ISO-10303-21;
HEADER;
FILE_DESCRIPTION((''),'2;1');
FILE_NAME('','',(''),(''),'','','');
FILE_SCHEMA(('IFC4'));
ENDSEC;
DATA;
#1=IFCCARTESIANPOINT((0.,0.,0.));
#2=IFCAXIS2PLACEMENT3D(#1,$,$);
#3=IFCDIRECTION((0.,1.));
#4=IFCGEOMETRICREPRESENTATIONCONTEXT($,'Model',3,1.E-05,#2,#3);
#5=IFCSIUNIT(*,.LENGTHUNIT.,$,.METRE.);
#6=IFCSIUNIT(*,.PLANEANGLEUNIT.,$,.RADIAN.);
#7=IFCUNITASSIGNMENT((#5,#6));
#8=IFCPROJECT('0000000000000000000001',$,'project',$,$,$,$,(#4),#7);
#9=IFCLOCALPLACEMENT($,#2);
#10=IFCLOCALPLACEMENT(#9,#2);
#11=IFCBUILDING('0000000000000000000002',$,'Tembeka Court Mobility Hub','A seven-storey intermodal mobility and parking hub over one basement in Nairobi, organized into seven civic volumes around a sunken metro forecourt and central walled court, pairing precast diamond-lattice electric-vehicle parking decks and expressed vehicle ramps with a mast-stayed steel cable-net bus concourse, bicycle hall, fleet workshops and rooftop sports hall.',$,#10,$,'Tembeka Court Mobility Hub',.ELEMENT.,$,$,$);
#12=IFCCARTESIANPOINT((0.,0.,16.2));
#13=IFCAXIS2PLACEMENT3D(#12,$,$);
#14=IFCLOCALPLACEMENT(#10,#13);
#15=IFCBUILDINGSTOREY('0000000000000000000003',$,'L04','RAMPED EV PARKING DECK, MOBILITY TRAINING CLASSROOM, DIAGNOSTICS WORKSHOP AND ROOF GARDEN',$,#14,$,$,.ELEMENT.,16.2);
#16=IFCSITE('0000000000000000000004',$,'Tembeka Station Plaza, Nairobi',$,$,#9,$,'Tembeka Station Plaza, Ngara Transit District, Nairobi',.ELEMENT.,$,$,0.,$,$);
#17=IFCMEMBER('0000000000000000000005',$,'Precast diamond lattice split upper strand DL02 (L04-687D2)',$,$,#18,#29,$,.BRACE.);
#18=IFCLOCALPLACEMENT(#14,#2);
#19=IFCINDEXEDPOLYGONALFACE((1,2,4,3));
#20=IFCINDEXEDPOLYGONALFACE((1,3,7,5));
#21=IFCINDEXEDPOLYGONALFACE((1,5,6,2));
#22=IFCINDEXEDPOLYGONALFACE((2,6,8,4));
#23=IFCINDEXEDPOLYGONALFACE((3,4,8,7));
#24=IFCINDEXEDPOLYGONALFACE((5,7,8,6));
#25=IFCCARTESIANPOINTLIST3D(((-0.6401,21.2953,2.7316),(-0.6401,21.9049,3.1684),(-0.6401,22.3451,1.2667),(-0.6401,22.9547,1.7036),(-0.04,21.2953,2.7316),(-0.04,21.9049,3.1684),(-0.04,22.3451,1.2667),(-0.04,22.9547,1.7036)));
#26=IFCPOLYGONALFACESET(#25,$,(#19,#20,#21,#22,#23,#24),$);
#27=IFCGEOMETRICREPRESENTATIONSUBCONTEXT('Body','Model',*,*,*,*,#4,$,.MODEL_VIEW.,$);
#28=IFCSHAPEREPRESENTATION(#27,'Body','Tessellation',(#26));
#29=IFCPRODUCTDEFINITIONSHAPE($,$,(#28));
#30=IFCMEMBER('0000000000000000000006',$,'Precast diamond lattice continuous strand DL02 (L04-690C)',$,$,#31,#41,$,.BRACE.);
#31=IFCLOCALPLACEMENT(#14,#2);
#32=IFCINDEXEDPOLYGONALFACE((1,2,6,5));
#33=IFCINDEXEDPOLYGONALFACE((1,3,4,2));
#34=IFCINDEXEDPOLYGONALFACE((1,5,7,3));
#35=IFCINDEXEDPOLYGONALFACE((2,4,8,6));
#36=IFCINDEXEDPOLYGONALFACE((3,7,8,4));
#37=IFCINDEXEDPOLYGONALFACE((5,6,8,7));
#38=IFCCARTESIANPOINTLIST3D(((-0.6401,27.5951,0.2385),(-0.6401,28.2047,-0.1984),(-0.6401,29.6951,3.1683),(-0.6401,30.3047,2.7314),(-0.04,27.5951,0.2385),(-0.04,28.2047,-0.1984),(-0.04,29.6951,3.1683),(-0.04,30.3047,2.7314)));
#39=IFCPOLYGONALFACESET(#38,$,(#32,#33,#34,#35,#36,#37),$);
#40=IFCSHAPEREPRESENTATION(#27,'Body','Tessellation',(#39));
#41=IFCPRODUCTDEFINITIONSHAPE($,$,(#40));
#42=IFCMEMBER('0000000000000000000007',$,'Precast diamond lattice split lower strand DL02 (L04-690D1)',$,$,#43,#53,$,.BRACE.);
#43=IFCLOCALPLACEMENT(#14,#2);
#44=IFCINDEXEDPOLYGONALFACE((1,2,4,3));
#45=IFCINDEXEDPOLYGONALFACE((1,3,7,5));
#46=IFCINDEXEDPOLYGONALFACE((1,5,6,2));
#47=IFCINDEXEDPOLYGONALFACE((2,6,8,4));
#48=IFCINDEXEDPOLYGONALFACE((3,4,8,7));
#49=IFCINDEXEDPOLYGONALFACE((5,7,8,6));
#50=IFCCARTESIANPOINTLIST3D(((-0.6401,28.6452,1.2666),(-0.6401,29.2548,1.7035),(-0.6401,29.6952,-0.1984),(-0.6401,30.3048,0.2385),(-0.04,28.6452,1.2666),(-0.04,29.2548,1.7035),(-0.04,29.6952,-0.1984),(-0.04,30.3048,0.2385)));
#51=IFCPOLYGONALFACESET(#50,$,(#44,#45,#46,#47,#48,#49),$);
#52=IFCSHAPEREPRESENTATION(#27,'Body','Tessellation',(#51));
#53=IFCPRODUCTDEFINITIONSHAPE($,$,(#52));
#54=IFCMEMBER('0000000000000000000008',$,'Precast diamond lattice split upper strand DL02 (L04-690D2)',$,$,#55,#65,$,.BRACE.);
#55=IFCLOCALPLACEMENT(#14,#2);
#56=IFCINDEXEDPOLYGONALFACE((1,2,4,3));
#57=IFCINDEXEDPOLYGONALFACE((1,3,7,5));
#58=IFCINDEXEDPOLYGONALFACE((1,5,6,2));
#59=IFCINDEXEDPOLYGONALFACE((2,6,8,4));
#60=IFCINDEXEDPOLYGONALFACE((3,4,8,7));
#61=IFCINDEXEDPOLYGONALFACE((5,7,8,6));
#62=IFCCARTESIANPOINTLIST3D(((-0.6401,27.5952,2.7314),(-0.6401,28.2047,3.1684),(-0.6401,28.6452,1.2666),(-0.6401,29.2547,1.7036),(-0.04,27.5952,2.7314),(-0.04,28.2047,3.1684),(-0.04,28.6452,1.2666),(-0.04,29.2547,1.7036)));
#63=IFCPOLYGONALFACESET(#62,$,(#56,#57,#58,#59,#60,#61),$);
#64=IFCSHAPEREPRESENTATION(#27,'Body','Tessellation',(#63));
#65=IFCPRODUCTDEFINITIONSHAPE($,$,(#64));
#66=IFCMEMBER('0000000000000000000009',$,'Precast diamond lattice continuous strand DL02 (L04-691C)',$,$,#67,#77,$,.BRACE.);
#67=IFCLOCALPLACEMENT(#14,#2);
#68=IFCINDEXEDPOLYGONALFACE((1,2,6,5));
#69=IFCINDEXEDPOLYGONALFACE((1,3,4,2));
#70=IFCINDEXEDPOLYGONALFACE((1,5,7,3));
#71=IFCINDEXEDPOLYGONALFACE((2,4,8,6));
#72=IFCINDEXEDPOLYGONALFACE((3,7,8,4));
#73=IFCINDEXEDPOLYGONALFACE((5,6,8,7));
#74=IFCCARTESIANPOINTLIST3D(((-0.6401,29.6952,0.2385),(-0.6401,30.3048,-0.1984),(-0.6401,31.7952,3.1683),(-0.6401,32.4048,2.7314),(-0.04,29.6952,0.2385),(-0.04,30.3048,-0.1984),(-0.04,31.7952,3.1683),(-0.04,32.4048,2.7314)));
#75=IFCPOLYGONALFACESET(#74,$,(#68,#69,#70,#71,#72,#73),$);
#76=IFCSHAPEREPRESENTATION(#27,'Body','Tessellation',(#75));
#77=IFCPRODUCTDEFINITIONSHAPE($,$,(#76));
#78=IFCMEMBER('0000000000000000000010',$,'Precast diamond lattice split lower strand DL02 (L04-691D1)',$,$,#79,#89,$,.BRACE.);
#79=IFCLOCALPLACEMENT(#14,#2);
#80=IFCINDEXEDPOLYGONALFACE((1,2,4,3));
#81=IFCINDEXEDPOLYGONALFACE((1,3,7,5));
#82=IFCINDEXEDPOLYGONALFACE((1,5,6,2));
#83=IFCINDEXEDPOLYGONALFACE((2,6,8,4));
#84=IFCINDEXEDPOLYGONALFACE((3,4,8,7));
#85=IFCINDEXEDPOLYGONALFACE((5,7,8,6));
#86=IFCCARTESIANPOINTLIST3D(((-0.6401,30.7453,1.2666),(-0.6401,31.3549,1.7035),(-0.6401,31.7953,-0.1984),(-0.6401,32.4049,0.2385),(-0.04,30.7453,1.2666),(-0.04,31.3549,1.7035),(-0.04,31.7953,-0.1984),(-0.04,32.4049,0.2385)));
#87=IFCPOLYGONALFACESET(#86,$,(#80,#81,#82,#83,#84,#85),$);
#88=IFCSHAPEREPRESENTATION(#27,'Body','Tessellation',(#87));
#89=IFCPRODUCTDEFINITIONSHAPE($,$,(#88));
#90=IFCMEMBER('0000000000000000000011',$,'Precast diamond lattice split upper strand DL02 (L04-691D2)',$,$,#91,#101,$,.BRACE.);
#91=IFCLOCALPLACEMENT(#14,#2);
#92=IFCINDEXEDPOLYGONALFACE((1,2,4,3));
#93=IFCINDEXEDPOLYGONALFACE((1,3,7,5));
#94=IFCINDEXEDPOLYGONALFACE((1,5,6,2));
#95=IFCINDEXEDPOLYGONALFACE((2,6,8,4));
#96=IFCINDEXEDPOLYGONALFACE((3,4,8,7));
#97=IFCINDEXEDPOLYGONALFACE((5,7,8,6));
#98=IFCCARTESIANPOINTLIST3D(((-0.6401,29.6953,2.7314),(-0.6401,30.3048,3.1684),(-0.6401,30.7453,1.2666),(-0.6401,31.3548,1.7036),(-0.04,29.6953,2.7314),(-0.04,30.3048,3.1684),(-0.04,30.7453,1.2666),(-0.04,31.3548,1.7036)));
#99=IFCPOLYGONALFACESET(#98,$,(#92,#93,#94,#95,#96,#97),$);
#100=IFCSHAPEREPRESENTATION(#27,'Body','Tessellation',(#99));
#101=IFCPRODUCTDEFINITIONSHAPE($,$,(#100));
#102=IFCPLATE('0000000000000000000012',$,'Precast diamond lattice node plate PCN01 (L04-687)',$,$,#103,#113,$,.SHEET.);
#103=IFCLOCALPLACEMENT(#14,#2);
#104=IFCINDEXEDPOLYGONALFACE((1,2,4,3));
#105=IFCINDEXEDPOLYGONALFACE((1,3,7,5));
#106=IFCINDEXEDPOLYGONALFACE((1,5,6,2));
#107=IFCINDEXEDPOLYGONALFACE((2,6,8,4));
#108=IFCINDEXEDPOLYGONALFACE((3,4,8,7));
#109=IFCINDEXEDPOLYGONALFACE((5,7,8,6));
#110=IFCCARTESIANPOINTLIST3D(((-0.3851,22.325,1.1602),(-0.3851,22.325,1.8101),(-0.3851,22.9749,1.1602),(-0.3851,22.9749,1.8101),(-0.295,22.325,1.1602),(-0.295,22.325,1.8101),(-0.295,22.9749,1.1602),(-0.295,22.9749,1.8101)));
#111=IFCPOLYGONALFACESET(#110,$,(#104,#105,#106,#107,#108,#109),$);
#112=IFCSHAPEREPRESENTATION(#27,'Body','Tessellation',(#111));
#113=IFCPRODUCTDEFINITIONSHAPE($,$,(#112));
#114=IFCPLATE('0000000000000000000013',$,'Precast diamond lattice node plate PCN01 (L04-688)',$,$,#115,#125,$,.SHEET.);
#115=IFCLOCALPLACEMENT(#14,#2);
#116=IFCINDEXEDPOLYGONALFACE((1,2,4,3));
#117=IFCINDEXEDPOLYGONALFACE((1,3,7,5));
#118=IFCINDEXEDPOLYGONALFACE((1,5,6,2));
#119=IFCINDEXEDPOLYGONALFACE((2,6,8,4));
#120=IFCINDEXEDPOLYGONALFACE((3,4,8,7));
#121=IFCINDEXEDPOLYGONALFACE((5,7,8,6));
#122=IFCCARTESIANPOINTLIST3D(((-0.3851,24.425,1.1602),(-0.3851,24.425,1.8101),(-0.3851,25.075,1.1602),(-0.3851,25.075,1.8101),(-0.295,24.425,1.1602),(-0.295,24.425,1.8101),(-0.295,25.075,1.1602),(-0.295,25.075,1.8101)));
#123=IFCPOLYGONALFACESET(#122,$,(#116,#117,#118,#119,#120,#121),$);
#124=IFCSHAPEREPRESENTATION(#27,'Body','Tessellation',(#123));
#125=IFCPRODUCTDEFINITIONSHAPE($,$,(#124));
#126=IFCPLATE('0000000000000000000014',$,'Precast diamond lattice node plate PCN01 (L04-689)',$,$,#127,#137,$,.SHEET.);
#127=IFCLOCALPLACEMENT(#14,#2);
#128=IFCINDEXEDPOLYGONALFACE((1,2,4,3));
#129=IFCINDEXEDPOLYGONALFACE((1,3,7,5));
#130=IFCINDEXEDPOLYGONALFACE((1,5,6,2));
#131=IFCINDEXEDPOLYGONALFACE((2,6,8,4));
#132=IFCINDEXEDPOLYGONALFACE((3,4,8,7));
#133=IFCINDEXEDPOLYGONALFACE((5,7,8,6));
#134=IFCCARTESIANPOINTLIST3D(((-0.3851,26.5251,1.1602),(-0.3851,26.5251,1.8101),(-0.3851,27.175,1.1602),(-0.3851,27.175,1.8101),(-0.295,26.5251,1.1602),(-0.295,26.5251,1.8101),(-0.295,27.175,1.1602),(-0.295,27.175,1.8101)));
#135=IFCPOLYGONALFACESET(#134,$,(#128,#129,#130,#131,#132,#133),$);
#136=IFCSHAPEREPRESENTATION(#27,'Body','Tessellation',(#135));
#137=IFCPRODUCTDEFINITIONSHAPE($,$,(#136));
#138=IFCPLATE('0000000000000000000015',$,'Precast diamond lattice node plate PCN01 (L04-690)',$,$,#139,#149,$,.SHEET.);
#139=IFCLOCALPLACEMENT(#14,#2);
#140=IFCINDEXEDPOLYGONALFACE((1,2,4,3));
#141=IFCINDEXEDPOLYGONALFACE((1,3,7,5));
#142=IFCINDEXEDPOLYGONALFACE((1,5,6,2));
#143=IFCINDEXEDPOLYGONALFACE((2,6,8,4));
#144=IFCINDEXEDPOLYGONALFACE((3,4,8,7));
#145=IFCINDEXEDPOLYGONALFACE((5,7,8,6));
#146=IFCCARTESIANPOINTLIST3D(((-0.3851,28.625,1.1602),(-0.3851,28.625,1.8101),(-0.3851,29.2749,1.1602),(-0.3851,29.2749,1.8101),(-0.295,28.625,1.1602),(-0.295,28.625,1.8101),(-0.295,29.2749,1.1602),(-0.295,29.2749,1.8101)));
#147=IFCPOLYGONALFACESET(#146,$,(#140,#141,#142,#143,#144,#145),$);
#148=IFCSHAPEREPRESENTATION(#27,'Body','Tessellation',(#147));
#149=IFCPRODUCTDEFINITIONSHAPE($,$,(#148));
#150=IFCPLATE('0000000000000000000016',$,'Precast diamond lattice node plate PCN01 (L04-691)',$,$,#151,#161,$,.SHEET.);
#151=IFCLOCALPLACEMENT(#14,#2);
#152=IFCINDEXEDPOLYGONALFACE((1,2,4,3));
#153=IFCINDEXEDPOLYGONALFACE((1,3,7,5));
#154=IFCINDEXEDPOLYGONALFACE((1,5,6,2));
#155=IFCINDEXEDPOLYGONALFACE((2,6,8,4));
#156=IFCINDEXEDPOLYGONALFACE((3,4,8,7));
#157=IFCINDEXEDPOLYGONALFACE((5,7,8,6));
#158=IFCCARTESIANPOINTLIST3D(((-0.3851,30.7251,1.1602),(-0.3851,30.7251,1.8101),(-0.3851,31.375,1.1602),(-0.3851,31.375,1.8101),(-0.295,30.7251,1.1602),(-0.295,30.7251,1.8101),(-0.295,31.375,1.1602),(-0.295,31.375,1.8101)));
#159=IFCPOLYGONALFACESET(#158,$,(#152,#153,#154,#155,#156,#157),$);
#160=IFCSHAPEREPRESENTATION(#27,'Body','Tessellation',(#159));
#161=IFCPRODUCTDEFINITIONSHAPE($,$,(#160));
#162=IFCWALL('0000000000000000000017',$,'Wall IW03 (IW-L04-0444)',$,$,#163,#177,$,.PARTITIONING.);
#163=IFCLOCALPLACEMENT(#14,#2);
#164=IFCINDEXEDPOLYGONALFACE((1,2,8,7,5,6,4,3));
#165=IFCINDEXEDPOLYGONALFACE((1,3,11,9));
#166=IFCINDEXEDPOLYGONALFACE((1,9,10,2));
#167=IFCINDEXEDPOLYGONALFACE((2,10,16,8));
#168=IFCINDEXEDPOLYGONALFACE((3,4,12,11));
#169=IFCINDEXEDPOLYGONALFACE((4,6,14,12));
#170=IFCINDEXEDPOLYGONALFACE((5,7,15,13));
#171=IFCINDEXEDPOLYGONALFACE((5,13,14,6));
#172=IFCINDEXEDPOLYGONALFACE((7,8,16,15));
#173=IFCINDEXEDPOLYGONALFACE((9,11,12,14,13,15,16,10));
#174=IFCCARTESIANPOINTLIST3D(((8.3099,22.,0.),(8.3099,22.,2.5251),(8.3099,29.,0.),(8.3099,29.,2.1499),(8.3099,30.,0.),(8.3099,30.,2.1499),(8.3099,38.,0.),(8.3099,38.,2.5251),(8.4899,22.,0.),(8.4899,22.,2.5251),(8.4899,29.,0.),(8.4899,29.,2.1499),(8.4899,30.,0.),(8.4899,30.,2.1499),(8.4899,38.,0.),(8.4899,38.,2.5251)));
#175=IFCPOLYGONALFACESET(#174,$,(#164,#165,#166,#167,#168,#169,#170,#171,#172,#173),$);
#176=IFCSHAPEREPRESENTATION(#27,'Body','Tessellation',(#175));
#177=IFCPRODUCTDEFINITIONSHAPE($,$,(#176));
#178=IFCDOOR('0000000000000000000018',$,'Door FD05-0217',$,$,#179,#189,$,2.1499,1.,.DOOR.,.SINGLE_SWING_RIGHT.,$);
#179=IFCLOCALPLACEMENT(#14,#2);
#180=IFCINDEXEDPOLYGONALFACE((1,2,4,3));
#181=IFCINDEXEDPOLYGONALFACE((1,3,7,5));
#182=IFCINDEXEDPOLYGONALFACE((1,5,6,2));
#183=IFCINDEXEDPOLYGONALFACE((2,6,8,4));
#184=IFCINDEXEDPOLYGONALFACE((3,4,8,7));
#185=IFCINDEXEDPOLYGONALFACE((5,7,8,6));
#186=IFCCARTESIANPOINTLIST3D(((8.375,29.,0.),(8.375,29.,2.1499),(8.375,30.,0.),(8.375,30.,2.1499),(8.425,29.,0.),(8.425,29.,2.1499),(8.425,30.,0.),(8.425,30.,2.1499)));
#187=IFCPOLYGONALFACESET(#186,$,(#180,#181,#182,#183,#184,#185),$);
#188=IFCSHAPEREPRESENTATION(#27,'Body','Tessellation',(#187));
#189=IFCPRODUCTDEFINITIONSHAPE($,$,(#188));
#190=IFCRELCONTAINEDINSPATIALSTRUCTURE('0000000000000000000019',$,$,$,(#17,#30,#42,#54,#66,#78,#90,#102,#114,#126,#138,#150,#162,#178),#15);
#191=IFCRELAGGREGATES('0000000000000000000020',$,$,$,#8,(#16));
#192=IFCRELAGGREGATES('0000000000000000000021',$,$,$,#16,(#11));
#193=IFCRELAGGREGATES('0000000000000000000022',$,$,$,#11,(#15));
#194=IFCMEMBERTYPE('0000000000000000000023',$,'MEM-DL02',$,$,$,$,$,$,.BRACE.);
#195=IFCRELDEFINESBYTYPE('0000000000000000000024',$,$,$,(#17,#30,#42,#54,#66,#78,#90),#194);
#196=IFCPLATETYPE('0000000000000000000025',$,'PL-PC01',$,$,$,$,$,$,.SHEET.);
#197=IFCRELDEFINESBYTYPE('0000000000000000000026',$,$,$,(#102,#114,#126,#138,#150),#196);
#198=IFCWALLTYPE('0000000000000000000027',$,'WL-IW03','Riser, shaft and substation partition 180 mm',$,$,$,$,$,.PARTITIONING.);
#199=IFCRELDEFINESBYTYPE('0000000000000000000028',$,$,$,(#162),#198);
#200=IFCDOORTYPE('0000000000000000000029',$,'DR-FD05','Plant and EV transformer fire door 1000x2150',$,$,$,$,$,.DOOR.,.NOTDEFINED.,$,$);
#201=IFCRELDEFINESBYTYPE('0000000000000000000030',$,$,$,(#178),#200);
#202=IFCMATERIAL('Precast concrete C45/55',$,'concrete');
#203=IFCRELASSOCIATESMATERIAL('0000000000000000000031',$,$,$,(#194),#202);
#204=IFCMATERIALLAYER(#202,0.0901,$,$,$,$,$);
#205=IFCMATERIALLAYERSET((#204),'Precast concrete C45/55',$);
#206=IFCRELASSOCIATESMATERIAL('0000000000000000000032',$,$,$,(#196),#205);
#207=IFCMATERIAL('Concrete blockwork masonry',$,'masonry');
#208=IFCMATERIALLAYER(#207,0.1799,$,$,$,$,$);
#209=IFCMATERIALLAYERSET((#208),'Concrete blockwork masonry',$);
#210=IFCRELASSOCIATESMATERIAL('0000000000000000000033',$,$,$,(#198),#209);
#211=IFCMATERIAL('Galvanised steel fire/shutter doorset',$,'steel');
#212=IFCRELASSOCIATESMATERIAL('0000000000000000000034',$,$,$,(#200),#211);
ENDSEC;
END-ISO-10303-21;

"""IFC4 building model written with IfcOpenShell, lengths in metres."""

from ifc_helpers import new_model, si_unit, direction, frame, frame_2d, origin, origin_2d, place, context, subcontext, project, spatial, rectangle, extrude, material, layer, layer_set, material_profile, profile_set, type_object, element, fill, save


model = new_model("IFC4")

# Units and contexts
model_context = context("Model", 3, precision=1e-05, world=origin(), true_north=direction((0.0, 1.0)))
body_context = subcontext(model_context, "Body", "Model", "MODEL_VIEW")
ifc_project = project(units=[si_unit("LENGTHUNIT", "METRE"), si_unit("PLANEANGLEUNIT", "RADIAN")], contexts=[model_context])

# Site, building, storey
site_placement = place(None, origin())
site = spatial("IfcSite", under=ifc_project, at=site_placement, Name="Tembeka Station Plaza, Nairobi", LongName="Tembeka Station Plaza, Ngara Transit District, Nairobi", CompositionType="ELEMENT", RefElevation=0.0)
building_placement = place(site_placement, origin())
building = spatial("IfcBuilding", under=site, at=building_placement, Name="Tembeka Court Mobility Hub", Description="A seven-storey intermodal mobility and parking hub over one basement in Nairobi, organized into seven civic volumes around a sunken metro forecourt and central walled court, pairing precast diamond-lattice electric-vehicle parking decks and expressed vehicle ramps with a mast-stayed steel cable-net bus concourse, bicycle hall, fleet workshops and rooftop sports hall.", LongName="Tembeka Court Mobility Hub", CompositionType="ELEMENT")
storey_placement = place(building_placement, frame((0.0, 0.0, 16.2)))
storey = spatial("IfcBuildingStorey", under=building, at=storey_placement, Name="L04", Description="RAMPED EV PARKING DECK, MOBILITY TRAINING CLASSROOM, DIAGNOSTICS WORKSHOP AND ROOF GARDEN", CompositionType="ELEMENT", Elevation=16.2)

# Members
ifc_material_1 = material(Name="Precast concrete C45/55", Category="concrete")
ifc_material_profile_1 = material_profile(ifc_material_1, rectangle(XDim=0.6001, YDim=0.75, at=origin_2d()), Name="PC-DIAG 600x750")
ifc_profile_set_1 = profile_set([ifc_material_profile_1], Name="Precast concrete C45/55")
member_type_1 = type_object("IfcMemberType", Name="MEM-DL02", PredefinedType="BRACE", material=ifc_profile_set_1)
member_1_placement = place(storey_placement, frame((-0.3401, 22.6499, 1.4851), z_axis=(0.0, -0.582519, 0.812817), x_axis=(1.0, 0.0, 0.0)))
element("IfcMember", 1, at=member_1_placement, inside=storey, type_object=member_type_1, Name="Precast diamond lattice split upper strand DL02 (L04-687D2)", PredefinedType="BRACE", context=body_context, shape_type="SweptSolid", body=[
    extrude(rectangle(XDim=0.6001, YDim=0.75, at=origin_2d()), origin(), (0.0, 0.0, 1.0), 1.8022),
])
member_2_placement = place(storey_placement, frame((-0.3401, 27.8999, 0.02), z_axis=(0.0, 0.582576, 0.812776), x_axis=(-1.0, 0.0, 0.0)))
element("IfcMember", 2, at=member_2_placement, inside=storey, type_object=member_type_1, Name="Precast diamond lattice continuous strand DL02 (L04-690C)", PredefinedType="BRACE", context=body_context, shape_type="SweptSolid", body=[
    extrude(rectangle(XDim=0.6001, YDim=0.75, at=origin_2d()), origin(), (0.0, 0.0, 1.0), 3.6047),
])
member_3_placement = place(storey_placement, frame((-0.3401, 30.0, 0.02), z_axis=(0.0, -0.582544, 0.812799), x_axis=(1.0, 0.0, 0.0)))
element("IfcMember", 3, at=member_3_placement, inside=storey, type_object=member_type_1, Name="Precast diamond lattice split lower strand DL02 (L04-690D1)", PredefinedType="BRACE", context=body_context, shape_type="SweptSolid", body=[
    extrude(rectangle(XDim=0.6001, YDim=0.75, at=origin_2d()), origin(), (0.0, 0.0, 1.0), 1.8025),
])
member_4_placement = place(storey_placement, frame((-0.3401, 28.95, 1.4851), z_axis=(0.0, -0.582608, 0.812753), x_axis=(1.0, 0.0, 0.0)))
element("IfcMember", 4, at=member_4_placement, inside=storey, type_object=member_type_1, Name="Precast diamond lattice split upper strand DL02 (L04-690D2)", PredefinedType="BRACE", context=body_context, shape_type="SweptSolid", body=[
    extrude(rectangle(XDim=0.6001, YDim=0.75, at=origin_2d()), origin(), (0.0, 0.0, 1.0), 1.8022),
])
member_5_placement = place(storey_placement, frame((-0.3401, 30.0, 0.02), z_axis=(0.0, 0.582576, 0.812776), x_axis=(-1.0, 0.0, 0.0)))
element("IfcMember", 5, at=member_5_placement, inside=storey, type_object=member_type_1, Name="Precast diamond lattice continuous strand DL02 (L04-691C)", PredefinedType="BRACE", context=body_context, shape_type="SweptSolid", body=[
    extrude(rectangle(XDim=0.6001, YDim=0.75, at=origin_2d()), origin(), (0.0, 0.0, 1.0), 3.6047),
])
member_6_placement = place(storey_placement, frame((-0.3401, 32.1001, 0.02), z_axis=(0.0, -0.582544, 0.812799), x_axis=(1.0, 0.0, 0.0)))
element("IfcMember", 6, at=member_6_placement, inside=storey, type_object=member_type_1, Name="Precast diamond lattice split lower strand DL02 (L04-691D1)", PredefinedType="BRACE", context=body_context, shape_type="SweptSolid", body=[
    extrude(rectangle(XDim=0.6001, YDim=0.75, at=origin_2d()), origin(), (0.0, 0.0, 1.0), 1.8025),
])
member_7_placement = place(storey_placement, frame((-0.3401, 31.05, 1.4851), z_axis=(0.0, -0.582608, 0.812753), x_axis=(1.0, 0.0, 0.0)))
element("IfcMember", 7, at=member_7_placement, inside=storey, type_object=member_type_1, Name="Precast diamond lattice split upper strand DL02 (L04-691D2)", PredefinedType="BRACE", context=body_context, shape_type="SweptSolid", body=[
    extrude(rectangle(XDim=0.6001, YDim=0.75, at=origin_2d()), origin(), (0.0, 0.0, 1.0), 1.8022),
])

# Plates
ifc_layer_1 = layer(ifc_material_1, 0.0901)
ifc_layer_set_1 = layer_set([ifc_layer_1], Name="Precast concrete C45/55")
plate_type = type_object("IfcPlateType", Name="PL-PC01", PredefinedType="SHEET", material=ifc_layer_set_1)
for number, where, z_axis, x_axis, name in (
    (8, (-0.3401, 22.6499, 1.1602), (0.0, 0.0, 1.0), (1.0, 0.0, 0.0), "Precast diamond lattice node plate PCN01 (L04-687)"),
    (9, (-0.3401, 24.75, 1.1602), (0.0, 0.0, 1.0), (1.0, 0.0, 0.0), "Precast diamond lattice node plate PCN01 (L04-688)"),
    (10, (-0.3401, 26.8501, 1.1602), (0.0, 0.0, 1.0), (1.0, 0.0, 0.0), "Precast diamond lattice node plate PCN01 (L04-689)"),
    (11, (-0.3401, 28.95, 1.1602), (0.0, 0.0, 1.0), (1.0, 0.0, 0.0), "Precast diamond lattice node plate PCN01 (L04-690)"),
    (12, (-0.3401, 31.05, 1.1602), (0.0, 0.0, 1.0), (1.0, 0.0, 0.0), "Precast diamond lattice node plate PCN01 (L04-691)"),
):
    element("IfcPlate", number, at=place(storey_placement, frame(where, z_axis=z_axis, x_axis=x_axis)), inside=storey, type_object=plate_type, Name=name, PredefinedType="SHEET", context=body_context, shape_type="SweptSolid", body=[
        extrude(rectangle(XDim=0.0901, YDim=0.6499, at=origin_2d()), origin(), (0.0, 0.0, 1.0), 0.6499),
    ])

# Wall, opening, door
ifc_material_2 = material(Name="Concrete blockwork masonry", Category="masonry")
ifc_layer_2 = layer(ifc_material_2, 0.1799)
ifc_layer_set_2 = layer_set([ifc_layer_2], Name="Concrete blockwork masonry")
wall_type = type_object("IfcWallType", Name="WL-IW03", Description="Riser, shaft and substation partition 180 mm", PredefinedType="PARTITIONING", material=ifc_layer_set_2)
wall_placement = place(storey_placement, frame((8.3999, 22.0, 0.0), z_axis=(0.0, 0.0, 1.0), x_axis=(0.0, 1.0, 0.0)))
wall = element("IfcWall", 13, at=wall_placement, inside=storey, type_object=wall_type, Name="Wall IW03 (IW-L04-0444)", PredefinedType="PARTITIONING", context=body_context, shape_type="SweptSolid", body=[
    extrude(rectangle(XDim=16.0, YDim=0.1799, at=frame_2d((8.0, 0.0))), origin(), (0.0, 0.0, 1.0), 2.5251),
])
opening_placement = place(wall_placement, frame((7.0, 0.0, 0.0)))
opening = element("IfcOpeningElement", 14, at=opening_placement, cuts=wall, PredefinedType="OPENING", context=body_context, shape_type="SweptSolid", body=[
    extrude(rectangle(XDim=1.0, YDim=2.1499, at=frame_2d((0.5, 1.075))), frame((0.0, 0.1001, 0.0), z_axis=(0.0, -1.0, 0.0), x_axis=(1.0, 0.0, 0.0)), (0.0, 0.0, 1.0), 0.2),
])
ifc_material_3 = material(Name="Galvanised steel fire/shutter doorset", Category="steel")
door_type = type_object("IfcDoorType", Name="DR-FD05", Description="Plant and EV transformer fire door 1000x2150", OperationType="NOTDEFINED", PredefinedType="DOOR", material=ifc_material_3)
door_placement = place(opening_placement, origin())
door = element("IfcDoor", 15, at=door_placement, inside=storey, type_object=door_type, Name="Door FD05-0217", OperationType="SINGLE_SWING_RIGHT", OverallHeight=2.1499, OverallWidth=1.0, PredefinedType="DOOR", context=body_context, shape_type="SweptSolid", body=[
    extrude(rectangle(XDim=1.0, YDim=2.1499, at=frame_2d((0.5, 1.075))), frame((0.0, 0.0249, 0.0), z_axis=(0.0, -1.0, 0.0), x_axis=(1.0, 0.0, 0.0)), (0.0, 0.0, 1.0), 0.05),
])
fill(opening, door)

save(model, "model.ifc")
